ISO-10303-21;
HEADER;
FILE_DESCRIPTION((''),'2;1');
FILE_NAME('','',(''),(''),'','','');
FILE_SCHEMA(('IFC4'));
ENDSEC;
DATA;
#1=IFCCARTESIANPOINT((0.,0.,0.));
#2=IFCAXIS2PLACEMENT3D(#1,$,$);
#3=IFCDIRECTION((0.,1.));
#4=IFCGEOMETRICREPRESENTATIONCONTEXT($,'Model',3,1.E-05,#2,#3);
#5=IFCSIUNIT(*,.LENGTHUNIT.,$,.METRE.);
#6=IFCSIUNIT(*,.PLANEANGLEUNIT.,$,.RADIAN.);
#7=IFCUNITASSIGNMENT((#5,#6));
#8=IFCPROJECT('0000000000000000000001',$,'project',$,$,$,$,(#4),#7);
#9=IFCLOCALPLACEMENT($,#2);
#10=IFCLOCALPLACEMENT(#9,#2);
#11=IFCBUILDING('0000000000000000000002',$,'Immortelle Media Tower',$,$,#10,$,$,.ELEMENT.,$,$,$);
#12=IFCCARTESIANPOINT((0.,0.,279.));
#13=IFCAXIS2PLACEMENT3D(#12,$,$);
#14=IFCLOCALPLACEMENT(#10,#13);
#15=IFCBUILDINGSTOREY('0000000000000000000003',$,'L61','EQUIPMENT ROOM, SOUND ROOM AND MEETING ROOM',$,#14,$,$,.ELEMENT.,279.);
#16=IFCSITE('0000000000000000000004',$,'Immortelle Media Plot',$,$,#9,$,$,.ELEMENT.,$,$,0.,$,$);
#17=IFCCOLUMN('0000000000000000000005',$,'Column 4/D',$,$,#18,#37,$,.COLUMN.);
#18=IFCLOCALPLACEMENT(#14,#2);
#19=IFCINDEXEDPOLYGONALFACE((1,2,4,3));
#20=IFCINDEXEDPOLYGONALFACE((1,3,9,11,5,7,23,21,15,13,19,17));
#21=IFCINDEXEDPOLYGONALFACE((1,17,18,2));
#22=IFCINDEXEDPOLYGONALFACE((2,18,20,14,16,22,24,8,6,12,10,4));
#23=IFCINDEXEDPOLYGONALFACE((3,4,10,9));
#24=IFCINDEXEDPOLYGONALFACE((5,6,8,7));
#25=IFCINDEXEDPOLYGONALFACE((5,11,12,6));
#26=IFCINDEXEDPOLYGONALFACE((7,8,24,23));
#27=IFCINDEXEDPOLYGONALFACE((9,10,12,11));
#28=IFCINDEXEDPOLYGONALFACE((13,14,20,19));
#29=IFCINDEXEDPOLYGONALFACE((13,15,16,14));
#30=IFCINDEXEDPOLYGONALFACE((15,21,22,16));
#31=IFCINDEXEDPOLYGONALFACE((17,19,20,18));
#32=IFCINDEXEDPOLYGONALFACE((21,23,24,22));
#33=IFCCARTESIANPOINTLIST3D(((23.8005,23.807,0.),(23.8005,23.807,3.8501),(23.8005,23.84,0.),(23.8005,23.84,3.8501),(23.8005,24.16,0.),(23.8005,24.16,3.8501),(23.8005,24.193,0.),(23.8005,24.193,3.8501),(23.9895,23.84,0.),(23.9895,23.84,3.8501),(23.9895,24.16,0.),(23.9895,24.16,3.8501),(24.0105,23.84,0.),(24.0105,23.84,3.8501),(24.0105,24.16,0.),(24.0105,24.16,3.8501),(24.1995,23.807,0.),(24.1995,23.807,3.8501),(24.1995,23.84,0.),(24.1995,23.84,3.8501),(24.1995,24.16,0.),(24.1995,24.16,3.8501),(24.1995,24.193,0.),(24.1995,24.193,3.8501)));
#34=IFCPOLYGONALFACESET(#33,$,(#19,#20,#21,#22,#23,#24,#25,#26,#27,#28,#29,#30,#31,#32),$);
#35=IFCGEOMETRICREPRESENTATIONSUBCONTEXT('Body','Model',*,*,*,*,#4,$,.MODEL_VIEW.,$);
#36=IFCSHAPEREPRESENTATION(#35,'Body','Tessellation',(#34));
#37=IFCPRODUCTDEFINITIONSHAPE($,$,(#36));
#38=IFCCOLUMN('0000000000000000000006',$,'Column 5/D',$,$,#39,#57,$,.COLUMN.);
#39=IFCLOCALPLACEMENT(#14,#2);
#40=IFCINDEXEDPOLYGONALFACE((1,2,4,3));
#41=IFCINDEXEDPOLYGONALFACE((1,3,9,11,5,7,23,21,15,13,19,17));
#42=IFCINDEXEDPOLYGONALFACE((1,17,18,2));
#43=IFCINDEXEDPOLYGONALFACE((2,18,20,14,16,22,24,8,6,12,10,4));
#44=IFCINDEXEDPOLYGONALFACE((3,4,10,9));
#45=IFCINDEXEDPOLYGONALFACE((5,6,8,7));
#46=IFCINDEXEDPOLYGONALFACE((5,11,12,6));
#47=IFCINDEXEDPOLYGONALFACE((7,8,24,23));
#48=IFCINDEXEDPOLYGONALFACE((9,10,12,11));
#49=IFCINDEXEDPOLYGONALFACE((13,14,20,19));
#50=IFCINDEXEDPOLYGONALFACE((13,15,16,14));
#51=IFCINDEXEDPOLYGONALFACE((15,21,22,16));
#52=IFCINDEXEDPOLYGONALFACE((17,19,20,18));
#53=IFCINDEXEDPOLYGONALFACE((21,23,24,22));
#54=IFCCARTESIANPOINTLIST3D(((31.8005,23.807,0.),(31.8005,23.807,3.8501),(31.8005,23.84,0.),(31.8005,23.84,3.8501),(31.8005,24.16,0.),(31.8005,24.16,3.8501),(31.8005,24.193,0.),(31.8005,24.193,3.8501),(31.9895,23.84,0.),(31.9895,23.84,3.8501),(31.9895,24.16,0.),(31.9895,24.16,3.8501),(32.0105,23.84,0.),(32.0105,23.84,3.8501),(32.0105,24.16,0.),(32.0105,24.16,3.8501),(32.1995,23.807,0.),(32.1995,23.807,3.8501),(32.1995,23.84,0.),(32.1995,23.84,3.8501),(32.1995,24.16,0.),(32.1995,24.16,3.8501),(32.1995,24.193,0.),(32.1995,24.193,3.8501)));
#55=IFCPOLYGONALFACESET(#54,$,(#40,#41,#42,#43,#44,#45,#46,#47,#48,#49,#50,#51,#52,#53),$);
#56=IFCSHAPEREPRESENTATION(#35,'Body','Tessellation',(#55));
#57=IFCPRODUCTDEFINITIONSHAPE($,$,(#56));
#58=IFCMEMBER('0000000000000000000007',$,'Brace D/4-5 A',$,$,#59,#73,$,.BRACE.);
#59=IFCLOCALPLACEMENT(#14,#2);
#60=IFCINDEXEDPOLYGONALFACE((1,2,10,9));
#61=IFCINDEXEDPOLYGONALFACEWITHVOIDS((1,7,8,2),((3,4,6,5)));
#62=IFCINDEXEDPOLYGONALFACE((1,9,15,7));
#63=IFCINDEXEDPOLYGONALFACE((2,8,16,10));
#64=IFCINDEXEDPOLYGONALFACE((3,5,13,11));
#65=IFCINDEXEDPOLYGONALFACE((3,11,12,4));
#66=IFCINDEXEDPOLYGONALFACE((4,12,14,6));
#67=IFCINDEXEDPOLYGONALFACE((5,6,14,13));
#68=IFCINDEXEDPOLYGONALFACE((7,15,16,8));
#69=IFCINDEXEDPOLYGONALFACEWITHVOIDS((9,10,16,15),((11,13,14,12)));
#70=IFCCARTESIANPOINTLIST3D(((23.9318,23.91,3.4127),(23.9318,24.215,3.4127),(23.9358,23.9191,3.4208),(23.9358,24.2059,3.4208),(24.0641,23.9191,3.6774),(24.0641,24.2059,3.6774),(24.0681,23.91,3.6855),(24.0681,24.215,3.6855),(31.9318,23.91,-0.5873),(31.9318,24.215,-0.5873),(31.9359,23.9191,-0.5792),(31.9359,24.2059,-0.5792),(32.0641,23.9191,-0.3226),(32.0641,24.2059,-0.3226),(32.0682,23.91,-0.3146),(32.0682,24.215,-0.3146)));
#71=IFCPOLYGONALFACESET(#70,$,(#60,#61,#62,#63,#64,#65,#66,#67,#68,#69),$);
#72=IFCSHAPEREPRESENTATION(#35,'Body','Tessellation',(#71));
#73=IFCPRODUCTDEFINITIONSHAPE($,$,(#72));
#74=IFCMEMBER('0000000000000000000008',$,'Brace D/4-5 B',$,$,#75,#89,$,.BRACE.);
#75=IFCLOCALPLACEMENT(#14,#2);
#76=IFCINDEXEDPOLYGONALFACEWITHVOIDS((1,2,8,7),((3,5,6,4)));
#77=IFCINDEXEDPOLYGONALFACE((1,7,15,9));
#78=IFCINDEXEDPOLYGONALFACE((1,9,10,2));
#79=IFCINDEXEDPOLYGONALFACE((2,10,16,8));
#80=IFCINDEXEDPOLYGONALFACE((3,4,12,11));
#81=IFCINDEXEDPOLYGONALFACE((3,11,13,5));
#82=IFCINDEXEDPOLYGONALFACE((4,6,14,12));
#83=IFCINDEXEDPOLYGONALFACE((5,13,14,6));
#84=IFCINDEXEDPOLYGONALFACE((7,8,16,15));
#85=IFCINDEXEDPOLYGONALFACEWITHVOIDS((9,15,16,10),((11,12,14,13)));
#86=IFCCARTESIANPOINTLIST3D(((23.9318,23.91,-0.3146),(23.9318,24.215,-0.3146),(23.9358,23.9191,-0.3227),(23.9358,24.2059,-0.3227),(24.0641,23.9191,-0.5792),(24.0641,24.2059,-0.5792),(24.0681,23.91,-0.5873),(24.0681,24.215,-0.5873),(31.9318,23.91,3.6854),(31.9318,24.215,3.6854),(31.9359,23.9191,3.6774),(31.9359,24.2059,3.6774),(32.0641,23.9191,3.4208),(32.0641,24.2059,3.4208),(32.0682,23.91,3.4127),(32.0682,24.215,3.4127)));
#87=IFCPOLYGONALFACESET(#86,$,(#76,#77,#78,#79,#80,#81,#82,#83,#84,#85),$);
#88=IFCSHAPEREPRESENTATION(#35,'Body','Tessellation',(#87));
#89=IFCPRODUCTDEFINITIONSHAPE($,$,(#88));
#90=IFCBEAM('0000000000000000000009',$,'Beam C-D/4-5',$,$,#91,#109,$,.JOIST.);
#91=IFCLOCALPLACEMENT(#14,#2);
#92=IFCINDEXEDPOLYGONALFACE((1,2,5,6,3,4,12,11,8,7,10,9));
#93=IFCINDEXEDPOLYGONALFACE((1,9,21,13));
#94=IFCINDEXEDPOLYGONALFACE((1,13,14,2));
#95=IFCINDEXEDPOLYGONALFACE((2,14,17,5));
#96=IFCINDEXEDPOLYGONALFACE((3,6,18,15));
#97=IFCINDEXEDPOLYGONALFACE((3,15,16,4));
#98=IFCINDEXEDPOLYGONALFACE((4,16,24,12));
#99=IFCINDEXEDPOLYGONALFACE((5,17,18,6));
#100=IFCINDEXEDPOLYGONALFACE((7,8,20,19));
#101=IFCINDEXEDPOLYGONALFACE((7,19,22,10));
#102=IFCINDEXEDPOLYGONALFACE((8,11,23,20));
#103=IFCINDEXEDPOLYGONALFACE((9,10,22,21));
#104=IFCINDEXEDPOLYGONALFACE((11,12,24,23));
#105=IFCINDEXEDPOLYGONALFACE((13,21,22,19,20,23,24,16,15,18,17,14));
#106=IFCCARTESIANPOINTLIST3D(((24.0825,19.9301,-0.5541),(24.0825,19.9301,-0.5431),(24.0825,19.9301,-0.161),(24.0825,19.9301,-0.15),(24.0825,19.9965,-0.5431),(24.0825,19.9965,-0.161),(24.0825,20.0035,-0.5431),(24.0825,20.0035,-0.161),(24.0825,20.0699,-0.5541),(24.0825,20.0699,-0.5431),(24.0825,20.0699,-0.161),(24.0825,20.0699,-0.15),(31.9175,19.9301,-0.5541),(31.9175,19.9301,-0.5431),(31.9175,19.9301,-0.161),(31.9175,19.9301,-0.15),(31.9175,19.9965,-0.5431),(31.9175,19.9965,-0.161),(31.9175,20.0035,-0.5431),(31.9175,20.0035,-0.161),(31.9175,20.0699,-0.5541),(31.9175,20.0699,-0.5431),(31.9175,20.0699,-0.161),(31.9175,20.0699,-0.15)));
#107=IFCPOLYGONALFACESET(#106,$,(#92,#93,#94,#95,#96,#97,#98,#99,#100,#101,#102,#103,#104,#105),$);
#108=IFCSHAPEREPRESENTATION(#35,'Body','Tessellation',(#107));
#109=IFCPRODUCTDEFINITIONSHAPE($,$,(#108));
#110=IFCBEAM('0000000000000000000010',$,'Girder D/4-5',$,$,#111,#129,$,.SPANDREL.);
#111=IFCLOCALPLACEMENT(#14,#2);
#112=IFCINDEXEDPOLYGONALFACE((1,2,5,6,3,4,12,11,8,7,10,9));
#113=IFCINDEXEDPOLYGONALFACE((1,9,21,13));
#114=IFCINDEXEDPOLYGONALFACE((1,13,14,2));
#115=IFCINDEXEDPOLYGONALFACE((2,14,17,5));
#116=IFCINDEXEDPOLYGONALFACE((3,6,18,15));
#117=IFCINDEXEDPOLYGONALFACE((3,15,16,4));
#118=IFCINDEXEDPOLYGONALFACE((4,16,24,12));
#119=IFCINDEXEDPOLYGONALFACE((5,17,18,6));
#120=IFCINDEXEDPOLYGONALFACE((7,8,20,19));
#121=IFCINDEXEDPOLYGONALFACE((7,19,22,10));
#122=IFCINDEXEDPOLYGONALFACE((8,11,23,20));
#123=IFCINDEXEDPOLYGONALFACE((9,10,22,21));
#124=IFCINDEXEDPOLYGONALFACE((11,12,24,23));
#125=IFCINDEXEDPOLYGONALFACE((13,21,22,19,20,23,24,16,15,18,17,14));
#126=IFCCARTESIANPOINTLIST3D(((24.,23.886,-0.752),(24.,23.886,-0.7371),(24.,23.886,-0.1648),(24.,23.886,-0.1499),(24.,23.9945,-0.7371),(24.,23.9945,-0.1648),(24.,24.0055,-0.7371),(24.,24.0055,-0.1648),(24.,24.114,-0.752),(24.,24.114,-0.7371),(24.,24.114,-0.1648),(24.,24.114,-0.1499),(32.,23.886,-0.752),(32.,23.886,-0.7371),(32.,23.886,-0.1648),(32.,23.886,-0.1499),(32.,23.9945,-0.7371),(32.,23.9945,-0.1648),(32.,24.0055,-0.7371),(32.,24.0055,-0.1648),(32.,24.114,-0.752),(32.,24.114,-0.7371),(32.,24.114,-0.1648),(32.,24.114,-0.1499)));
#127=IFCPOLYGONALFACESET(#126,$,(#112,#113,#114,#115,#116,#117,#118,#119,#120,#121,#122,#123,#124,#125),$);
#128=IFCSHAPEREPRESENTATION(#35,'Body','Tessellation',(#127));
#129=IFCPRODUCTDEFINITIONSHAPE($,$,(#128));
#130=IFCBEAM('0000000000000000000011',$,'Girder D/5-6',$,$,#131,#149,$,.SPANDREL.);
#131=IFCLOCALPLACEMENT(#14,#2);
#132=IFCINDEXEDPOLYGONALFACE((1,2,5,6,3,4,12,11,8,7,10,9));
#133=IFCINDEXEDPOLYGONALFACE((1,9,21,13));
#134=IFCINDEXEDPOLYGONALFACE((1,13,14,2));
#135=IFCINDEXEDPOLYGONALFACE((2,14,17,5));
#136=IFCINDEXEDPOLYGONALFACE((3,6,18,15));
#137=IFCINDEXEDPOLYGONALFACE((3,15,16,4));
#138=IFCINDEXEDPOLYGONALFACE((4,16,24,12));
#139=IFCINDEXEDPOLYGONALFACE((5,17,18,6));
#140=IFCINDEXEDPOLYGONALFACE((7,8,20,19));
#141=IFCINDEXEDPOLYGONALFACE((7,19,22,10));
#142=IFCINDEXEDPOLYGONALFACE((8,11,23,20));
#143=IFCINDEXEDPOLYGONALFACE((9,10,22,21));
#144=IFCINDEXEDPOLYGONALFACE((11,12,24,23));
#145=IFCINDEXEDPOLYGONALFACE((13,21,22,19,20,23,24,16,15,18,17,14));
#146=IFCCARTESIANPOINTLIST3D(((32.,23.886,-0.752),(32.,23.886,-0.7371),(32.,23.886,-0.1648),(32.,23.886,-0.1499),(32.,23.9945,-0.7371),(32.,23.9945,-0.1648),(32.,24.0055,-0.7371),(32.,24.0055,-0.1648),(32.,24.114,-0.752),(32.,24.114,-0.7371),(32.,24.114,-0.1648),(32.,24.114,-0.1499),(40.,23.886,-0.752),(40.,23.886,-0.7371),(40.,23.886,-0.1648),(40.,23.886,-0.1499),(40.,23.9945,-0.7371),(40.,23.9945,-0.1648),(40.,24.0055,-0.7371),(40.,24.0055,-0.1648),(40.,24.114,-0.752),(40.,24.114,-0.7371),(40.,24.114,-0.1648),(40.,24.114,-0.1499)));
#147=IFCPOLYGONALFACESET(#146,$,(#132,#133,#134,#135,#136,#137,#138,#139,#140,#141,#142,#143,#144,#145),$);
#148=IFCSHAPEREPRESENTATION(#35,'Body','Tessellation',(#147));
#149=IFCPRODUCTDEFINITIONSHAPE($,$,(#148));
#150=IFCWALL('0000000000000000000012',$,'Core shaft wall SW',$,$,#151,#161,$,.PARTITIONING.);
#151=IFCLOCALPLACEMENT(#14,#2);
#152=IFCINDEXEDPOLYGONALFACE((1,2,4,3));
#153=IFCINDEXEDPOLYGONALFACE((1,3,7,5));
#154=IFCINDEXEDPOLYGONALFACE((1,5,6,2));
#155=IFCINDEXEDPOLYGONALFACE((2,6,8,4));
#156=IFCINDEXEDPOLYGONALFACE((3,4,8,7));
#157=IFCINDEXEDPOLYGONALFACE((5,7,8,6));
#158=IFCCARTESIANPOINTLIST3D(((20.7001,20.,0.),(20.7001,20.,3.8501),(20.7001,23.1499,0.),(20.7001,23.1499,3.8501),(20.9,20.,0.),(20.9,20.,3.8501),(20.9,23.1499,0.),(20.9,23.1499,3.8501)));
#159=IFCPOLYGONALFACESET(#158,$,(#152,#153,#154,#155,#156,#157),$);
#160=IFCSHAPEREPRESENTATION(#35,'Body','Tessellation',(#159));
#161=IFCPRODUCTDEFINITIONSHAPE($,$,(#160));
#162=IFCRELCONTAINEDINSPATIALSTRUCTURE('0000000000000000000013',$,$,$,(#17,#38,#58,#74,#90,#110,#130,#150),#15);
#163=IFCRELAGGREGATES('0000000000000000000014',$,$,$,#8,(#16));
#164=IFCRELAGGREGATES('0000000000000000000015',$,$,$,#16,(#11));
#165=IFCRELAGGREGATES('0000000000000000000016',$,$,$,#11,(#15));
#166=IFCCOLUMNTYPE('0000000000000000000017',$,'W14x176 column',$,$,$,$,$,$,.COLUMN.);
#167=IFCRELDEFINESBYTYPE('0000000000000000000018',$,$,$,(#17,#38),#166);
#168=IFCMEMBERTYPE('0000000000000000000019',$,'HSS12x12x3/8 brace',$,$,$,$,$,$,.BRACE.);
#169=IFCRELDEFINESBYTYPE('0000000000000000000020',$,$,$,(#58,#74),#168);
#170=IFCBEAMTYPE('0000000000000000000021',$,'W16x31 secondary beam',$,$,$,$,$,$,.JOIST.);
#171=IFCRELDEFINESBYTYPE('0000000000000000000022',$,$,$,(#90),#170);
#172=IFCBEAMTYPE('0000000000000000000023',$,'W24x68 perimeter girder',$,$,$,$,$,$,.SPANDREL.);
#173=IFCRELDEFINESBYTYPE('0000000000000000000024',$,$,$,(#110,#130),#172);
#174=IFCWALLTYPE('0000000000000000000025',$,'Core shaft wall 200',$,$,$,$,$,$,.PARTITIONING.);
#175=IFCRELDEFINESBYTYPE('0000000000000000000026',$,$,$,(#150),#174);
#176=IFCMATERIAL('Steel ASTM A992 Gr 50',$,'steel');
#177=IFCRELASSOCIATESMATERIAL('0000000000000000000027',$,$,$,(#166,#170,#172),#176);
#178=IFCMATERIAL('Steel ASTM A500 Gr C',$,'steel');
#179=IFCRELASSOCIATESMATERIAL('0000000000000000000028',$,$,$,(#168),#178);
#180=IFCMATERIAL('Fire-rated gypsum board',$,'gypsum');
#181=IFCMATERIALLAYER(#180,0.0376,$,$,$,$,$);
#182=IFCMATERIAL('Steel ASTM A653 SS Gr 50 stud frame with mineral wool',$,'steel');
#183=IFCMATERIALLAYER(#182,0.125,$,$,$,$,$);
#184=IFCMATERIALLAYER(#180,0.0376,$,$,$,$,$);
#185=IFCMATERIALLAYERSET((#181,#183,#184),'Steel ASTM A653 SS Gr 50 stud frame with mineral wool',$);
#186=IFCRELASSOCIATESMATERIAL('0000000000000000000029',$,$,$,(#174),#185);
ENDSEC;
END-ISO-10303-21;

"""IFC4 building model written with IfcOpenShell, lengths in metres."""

from ifc_helpers import new_model, si_unit, direction, frame, frame_2d, origin, origin_2d, place, context, subcontext, project, spatial, rectangle, hollow_rectangle, i_section, extrude, material, layer, layer_set, material_profile, profile_set, type_object, element, save


model = new_model("IFC4")

# Units and contexts
model_context = context("Model", 3, precision=1e-05, world=origin(), true_north=direction((0.0, 1.0)))
body_context = subcontext(model_context, "Body", "Model", "MODEL_VIEW")
ifc_project = project(units=[si_unit("LENGTHUNIT", "METRE"), si_unit("PLANEANGLEUNIT", "RADIAN")], contexts=[model_context])

# Site, building, storey
site_placement = place(None, origin())
site = spatial("IfcSite", under=ifc_project, at=site_placement, Name="Immortelle Media Plot", CompositionType="ELEMENT", RefElevation=0.0)
building_placement = place(site_placement, origin())
building = spatial("IfcBuilding", under=site, at=building_placement, Name="Immortelle Media Tower", CompositionType="ELEMENT")
storey_placement = place(building_placement, frame((0.0, 0.0, 279.0)))
storey = spatial("IfcBuildingStorey", under=building, at=storey_placement, Name="L61", Description="EQUIPMENT ROOM, SOUND ROOM AND MEETING ROOM", CompositionType="ELEMENT", Elevation=279.0)

# Columns
ifc_material_1 = material(Name="Steel ASTM A992 Gr 50", Category="steel")
ifc_material_profile_1 = material_profile(ifc_material_1, i_section(OverallWidth=0.3989, OverallDepth=0.386, WebThickness=0.021, FlangeThickness=0.033, at=origin_2d()), Name="W14x176")
ifc_profile_set_1 = profile_set([ifc_material_profile_1], Name="Steel ASTM A992 Gr 50")
column_type = type_object("IfcColumnType", Name="W14x176 column", PredefinedType="COLUMN", material=ifc_profile_set_1)
for number, where, z_axis, x_axis, name in (
    (1, (24.0, 24.0, 0.0), (0.0, 0.0, 1.0), (1.0, 0.0, 0.0), "Column 4/D"),
    (2, (32.0, 24.0, 0.0), (0.0, 0.0, 1.0), (1.0, 0.0, 0.0), "Column 5/D"),
):
    element("IfcColumn", number, at=place(storey_placement, frame(where, z_axis=z_axis, x_axis=x_axis)), inside=storey, type_object=column_type, Name=name, PredefinedType="COLUMN", context=body_context, shape_type="SweptSolid", body=[
        extrude(i_section(OverallWidth=0.3989, OverallDepth=0.386, WebThickness=0.021, FlangeThickness=0.033, at=origin_2d()), origin(), (0.0, 0.0, 1.0), 3.8501),
    ])

# Members
ifc_material_2 = material(Name="Steel ASTM A500 Gr C", Category="steel")
ifc_material_profile_2 = material_profile(ifc_material_2, hollow_rectangle(XDim=0.3049, YDim=0.3049, WallThickness=0.009, at=origin_2d()), Name="HSS12x12x3/8 brace")
ifc_profile_set_2 = profile_set([ifc_material_profile_2], Name="Steel ASTM A500 Gr C")
member_type = type_object("IfcMemberType", Name="HSS12x12x3/8 brace", PredefinedType="BRACE", material=ifc_profile_set_2)
for number, where, z_axis, x_axis, name in (
    (3, (32.0, 24.0625, -0.4509), (-0.894427, 0.0, 0.447214), (0.0, -1.0, 0.0), "Brace D/4-5 A"),
    (4, (32.0, 24.0625, 3.5491), (-0.894427, 0.0, -0.447214), (0.0, -1.0, 0.0), "Brace D/4-5 B"),
):
    element("IfcMember", number, at=place(storey_placement, frame(where, z_axis=z_axis, x_axis=x_axis)), inside=storey, type_object=member_type, Name=name, PredefinedType="BRACE", context=body_context, shape_type="SweptSolid", body=[
        extrude(hollow_rectangle(XDim=0.3049, YDim=0.3049, WallThickness=0.009, at=origin_2d()), origin(), (0.0, 0.0, 1.0), 8.9443),
    ])

# Beams
ifc_material_profile_3 = material_profile(ifc_material_1, i_section(OverallWidth=0.1399, OverallDepth=0.4041, WebThickness=0.0071, FlangeThickness=0.011, at=origin_2d()), Name="W16x31")
ifc_profile_set_3 = profile_set([ifc_material_profile_3], Name="Steel ASTM A992 Gr 50")
beam_type_1 = type_object("IfcBeamType", Name="W16x31 secondary beam", PredefinedType="JOIST", material=ifc_profile_set_3)
beam_placement = place(storey_placement, frame((24.0825, 20.0, -0.3521), z_axis=(1.0, 0.0, 0.0), x_axis=(0.0, 1.0, 0.0)))
element("IfcBeam", 5, at=beam_placement, inside=storey, type_object=beam_type_1, Name="Beam C-D/4-5", PredefinedType="JOIST", context=body_context, shape_type="SweptSolid", body=[
    extrude(i_section(OverallWidth=0.1399, OverallDepth=0.4041, WebThickness=0.0071, FlangeThickness=0.011, at=origin_2d()), origin(), (0.0, 0.0, 1.0), 7.835),
])
ifc_material_profile_4 = material_profile(ifc_material_1, i_section(OverallWidth=0.228, OverallDepth=0.6021, WebThickness=0.011, FlangeThickness=0.0149, at=origin_2d()), Name="W24x68")
ifc_profile_set_4 = profile_set([ifc_material_profile_4], Name="Steel ASTM A992 Gr 50")
beam_type_2 = type_object("IfcBeamType", Name="W24x68 perimeter girder", PredefinedType="SPANDREL", material=ifc_profile_set_4)
for number, where, z_axis, x_axis, name in (
    (6, (24.0, 24.0, -0.4509), (1.0, 0.0, 0.0), (0.0, 1.0, 0.0), "Girder D/4-5"),
    (7, (32.0, 24.0, -0.4509), (1.0, 0.0, 0.0), (0.0, 1.0, 0.0), "Girder D/5-6"),
):
    element("IfcBeam", number, at=place(storey_placement, frame(where, z_axis=z_axis, x_axis=x_axis)), inside=storey, type_object=beam_type_2, Name=name, PredefinedType="SPANDREL", context=body_context, shape_type="SweptSolid", body=[
        extrude(i_section(OverallWidth=0.228, OverallDepth=0.6021, WebThickness=0.011, FlangeThickness=0.0149, at=origin_2d()), origin(), (0.0, 0.0, 1.0), 8.0),
    ])

# Wall
ifc_material_3 = material(Name="Fire-rated gypsum board", Category="gypsum")
ifc_layer_1 = layer(ifc_material_3, 0.0376)
ifc_material_4 = material(Name="Steel ASTM A653 SS Gr 50 stud frame with mineral wool", Category="steel")
ifc_layer_2 = layer(ifc_material_4, 0.125)
ifc_layer_3 = layer(ifc_material_3, 0.0376)
ifc_layer_set_1 = layer_set([ifc_layer_1, ifc_layer_2, ifc_layer_3], Name="Steel ASTM A653 SS Gr 50 stud frame with mineral wool")
wall_type_1 = type_object("IfcWallType", Name="Core shaft wall 200", PredefinedType="PARTITIONING", material=ifc_layer_set_1)
wall_1_placement = place(storey_placement, frame((20.8, 20.0, 0.0), z_axis=(0.0, 0.0, 1.0), x_axis=(0.0, 1.0, 0.0)))
element("IfcWall", 8, at=wall_1_placement, inside=storey, type_object=wall_type_1, Name="Core shaft wall SW", PredefinedType="PARTITIONING", context=body_context, shape_type="SweptSolid", body=[
    extrude(rectangle(XDim=3.1499, YDim=0.2, at=frame_2d((1.575, 0.0))), origin(), (0.0, 0.0, 1.0), 3.8501),
])

save(model, "model.ifc")
